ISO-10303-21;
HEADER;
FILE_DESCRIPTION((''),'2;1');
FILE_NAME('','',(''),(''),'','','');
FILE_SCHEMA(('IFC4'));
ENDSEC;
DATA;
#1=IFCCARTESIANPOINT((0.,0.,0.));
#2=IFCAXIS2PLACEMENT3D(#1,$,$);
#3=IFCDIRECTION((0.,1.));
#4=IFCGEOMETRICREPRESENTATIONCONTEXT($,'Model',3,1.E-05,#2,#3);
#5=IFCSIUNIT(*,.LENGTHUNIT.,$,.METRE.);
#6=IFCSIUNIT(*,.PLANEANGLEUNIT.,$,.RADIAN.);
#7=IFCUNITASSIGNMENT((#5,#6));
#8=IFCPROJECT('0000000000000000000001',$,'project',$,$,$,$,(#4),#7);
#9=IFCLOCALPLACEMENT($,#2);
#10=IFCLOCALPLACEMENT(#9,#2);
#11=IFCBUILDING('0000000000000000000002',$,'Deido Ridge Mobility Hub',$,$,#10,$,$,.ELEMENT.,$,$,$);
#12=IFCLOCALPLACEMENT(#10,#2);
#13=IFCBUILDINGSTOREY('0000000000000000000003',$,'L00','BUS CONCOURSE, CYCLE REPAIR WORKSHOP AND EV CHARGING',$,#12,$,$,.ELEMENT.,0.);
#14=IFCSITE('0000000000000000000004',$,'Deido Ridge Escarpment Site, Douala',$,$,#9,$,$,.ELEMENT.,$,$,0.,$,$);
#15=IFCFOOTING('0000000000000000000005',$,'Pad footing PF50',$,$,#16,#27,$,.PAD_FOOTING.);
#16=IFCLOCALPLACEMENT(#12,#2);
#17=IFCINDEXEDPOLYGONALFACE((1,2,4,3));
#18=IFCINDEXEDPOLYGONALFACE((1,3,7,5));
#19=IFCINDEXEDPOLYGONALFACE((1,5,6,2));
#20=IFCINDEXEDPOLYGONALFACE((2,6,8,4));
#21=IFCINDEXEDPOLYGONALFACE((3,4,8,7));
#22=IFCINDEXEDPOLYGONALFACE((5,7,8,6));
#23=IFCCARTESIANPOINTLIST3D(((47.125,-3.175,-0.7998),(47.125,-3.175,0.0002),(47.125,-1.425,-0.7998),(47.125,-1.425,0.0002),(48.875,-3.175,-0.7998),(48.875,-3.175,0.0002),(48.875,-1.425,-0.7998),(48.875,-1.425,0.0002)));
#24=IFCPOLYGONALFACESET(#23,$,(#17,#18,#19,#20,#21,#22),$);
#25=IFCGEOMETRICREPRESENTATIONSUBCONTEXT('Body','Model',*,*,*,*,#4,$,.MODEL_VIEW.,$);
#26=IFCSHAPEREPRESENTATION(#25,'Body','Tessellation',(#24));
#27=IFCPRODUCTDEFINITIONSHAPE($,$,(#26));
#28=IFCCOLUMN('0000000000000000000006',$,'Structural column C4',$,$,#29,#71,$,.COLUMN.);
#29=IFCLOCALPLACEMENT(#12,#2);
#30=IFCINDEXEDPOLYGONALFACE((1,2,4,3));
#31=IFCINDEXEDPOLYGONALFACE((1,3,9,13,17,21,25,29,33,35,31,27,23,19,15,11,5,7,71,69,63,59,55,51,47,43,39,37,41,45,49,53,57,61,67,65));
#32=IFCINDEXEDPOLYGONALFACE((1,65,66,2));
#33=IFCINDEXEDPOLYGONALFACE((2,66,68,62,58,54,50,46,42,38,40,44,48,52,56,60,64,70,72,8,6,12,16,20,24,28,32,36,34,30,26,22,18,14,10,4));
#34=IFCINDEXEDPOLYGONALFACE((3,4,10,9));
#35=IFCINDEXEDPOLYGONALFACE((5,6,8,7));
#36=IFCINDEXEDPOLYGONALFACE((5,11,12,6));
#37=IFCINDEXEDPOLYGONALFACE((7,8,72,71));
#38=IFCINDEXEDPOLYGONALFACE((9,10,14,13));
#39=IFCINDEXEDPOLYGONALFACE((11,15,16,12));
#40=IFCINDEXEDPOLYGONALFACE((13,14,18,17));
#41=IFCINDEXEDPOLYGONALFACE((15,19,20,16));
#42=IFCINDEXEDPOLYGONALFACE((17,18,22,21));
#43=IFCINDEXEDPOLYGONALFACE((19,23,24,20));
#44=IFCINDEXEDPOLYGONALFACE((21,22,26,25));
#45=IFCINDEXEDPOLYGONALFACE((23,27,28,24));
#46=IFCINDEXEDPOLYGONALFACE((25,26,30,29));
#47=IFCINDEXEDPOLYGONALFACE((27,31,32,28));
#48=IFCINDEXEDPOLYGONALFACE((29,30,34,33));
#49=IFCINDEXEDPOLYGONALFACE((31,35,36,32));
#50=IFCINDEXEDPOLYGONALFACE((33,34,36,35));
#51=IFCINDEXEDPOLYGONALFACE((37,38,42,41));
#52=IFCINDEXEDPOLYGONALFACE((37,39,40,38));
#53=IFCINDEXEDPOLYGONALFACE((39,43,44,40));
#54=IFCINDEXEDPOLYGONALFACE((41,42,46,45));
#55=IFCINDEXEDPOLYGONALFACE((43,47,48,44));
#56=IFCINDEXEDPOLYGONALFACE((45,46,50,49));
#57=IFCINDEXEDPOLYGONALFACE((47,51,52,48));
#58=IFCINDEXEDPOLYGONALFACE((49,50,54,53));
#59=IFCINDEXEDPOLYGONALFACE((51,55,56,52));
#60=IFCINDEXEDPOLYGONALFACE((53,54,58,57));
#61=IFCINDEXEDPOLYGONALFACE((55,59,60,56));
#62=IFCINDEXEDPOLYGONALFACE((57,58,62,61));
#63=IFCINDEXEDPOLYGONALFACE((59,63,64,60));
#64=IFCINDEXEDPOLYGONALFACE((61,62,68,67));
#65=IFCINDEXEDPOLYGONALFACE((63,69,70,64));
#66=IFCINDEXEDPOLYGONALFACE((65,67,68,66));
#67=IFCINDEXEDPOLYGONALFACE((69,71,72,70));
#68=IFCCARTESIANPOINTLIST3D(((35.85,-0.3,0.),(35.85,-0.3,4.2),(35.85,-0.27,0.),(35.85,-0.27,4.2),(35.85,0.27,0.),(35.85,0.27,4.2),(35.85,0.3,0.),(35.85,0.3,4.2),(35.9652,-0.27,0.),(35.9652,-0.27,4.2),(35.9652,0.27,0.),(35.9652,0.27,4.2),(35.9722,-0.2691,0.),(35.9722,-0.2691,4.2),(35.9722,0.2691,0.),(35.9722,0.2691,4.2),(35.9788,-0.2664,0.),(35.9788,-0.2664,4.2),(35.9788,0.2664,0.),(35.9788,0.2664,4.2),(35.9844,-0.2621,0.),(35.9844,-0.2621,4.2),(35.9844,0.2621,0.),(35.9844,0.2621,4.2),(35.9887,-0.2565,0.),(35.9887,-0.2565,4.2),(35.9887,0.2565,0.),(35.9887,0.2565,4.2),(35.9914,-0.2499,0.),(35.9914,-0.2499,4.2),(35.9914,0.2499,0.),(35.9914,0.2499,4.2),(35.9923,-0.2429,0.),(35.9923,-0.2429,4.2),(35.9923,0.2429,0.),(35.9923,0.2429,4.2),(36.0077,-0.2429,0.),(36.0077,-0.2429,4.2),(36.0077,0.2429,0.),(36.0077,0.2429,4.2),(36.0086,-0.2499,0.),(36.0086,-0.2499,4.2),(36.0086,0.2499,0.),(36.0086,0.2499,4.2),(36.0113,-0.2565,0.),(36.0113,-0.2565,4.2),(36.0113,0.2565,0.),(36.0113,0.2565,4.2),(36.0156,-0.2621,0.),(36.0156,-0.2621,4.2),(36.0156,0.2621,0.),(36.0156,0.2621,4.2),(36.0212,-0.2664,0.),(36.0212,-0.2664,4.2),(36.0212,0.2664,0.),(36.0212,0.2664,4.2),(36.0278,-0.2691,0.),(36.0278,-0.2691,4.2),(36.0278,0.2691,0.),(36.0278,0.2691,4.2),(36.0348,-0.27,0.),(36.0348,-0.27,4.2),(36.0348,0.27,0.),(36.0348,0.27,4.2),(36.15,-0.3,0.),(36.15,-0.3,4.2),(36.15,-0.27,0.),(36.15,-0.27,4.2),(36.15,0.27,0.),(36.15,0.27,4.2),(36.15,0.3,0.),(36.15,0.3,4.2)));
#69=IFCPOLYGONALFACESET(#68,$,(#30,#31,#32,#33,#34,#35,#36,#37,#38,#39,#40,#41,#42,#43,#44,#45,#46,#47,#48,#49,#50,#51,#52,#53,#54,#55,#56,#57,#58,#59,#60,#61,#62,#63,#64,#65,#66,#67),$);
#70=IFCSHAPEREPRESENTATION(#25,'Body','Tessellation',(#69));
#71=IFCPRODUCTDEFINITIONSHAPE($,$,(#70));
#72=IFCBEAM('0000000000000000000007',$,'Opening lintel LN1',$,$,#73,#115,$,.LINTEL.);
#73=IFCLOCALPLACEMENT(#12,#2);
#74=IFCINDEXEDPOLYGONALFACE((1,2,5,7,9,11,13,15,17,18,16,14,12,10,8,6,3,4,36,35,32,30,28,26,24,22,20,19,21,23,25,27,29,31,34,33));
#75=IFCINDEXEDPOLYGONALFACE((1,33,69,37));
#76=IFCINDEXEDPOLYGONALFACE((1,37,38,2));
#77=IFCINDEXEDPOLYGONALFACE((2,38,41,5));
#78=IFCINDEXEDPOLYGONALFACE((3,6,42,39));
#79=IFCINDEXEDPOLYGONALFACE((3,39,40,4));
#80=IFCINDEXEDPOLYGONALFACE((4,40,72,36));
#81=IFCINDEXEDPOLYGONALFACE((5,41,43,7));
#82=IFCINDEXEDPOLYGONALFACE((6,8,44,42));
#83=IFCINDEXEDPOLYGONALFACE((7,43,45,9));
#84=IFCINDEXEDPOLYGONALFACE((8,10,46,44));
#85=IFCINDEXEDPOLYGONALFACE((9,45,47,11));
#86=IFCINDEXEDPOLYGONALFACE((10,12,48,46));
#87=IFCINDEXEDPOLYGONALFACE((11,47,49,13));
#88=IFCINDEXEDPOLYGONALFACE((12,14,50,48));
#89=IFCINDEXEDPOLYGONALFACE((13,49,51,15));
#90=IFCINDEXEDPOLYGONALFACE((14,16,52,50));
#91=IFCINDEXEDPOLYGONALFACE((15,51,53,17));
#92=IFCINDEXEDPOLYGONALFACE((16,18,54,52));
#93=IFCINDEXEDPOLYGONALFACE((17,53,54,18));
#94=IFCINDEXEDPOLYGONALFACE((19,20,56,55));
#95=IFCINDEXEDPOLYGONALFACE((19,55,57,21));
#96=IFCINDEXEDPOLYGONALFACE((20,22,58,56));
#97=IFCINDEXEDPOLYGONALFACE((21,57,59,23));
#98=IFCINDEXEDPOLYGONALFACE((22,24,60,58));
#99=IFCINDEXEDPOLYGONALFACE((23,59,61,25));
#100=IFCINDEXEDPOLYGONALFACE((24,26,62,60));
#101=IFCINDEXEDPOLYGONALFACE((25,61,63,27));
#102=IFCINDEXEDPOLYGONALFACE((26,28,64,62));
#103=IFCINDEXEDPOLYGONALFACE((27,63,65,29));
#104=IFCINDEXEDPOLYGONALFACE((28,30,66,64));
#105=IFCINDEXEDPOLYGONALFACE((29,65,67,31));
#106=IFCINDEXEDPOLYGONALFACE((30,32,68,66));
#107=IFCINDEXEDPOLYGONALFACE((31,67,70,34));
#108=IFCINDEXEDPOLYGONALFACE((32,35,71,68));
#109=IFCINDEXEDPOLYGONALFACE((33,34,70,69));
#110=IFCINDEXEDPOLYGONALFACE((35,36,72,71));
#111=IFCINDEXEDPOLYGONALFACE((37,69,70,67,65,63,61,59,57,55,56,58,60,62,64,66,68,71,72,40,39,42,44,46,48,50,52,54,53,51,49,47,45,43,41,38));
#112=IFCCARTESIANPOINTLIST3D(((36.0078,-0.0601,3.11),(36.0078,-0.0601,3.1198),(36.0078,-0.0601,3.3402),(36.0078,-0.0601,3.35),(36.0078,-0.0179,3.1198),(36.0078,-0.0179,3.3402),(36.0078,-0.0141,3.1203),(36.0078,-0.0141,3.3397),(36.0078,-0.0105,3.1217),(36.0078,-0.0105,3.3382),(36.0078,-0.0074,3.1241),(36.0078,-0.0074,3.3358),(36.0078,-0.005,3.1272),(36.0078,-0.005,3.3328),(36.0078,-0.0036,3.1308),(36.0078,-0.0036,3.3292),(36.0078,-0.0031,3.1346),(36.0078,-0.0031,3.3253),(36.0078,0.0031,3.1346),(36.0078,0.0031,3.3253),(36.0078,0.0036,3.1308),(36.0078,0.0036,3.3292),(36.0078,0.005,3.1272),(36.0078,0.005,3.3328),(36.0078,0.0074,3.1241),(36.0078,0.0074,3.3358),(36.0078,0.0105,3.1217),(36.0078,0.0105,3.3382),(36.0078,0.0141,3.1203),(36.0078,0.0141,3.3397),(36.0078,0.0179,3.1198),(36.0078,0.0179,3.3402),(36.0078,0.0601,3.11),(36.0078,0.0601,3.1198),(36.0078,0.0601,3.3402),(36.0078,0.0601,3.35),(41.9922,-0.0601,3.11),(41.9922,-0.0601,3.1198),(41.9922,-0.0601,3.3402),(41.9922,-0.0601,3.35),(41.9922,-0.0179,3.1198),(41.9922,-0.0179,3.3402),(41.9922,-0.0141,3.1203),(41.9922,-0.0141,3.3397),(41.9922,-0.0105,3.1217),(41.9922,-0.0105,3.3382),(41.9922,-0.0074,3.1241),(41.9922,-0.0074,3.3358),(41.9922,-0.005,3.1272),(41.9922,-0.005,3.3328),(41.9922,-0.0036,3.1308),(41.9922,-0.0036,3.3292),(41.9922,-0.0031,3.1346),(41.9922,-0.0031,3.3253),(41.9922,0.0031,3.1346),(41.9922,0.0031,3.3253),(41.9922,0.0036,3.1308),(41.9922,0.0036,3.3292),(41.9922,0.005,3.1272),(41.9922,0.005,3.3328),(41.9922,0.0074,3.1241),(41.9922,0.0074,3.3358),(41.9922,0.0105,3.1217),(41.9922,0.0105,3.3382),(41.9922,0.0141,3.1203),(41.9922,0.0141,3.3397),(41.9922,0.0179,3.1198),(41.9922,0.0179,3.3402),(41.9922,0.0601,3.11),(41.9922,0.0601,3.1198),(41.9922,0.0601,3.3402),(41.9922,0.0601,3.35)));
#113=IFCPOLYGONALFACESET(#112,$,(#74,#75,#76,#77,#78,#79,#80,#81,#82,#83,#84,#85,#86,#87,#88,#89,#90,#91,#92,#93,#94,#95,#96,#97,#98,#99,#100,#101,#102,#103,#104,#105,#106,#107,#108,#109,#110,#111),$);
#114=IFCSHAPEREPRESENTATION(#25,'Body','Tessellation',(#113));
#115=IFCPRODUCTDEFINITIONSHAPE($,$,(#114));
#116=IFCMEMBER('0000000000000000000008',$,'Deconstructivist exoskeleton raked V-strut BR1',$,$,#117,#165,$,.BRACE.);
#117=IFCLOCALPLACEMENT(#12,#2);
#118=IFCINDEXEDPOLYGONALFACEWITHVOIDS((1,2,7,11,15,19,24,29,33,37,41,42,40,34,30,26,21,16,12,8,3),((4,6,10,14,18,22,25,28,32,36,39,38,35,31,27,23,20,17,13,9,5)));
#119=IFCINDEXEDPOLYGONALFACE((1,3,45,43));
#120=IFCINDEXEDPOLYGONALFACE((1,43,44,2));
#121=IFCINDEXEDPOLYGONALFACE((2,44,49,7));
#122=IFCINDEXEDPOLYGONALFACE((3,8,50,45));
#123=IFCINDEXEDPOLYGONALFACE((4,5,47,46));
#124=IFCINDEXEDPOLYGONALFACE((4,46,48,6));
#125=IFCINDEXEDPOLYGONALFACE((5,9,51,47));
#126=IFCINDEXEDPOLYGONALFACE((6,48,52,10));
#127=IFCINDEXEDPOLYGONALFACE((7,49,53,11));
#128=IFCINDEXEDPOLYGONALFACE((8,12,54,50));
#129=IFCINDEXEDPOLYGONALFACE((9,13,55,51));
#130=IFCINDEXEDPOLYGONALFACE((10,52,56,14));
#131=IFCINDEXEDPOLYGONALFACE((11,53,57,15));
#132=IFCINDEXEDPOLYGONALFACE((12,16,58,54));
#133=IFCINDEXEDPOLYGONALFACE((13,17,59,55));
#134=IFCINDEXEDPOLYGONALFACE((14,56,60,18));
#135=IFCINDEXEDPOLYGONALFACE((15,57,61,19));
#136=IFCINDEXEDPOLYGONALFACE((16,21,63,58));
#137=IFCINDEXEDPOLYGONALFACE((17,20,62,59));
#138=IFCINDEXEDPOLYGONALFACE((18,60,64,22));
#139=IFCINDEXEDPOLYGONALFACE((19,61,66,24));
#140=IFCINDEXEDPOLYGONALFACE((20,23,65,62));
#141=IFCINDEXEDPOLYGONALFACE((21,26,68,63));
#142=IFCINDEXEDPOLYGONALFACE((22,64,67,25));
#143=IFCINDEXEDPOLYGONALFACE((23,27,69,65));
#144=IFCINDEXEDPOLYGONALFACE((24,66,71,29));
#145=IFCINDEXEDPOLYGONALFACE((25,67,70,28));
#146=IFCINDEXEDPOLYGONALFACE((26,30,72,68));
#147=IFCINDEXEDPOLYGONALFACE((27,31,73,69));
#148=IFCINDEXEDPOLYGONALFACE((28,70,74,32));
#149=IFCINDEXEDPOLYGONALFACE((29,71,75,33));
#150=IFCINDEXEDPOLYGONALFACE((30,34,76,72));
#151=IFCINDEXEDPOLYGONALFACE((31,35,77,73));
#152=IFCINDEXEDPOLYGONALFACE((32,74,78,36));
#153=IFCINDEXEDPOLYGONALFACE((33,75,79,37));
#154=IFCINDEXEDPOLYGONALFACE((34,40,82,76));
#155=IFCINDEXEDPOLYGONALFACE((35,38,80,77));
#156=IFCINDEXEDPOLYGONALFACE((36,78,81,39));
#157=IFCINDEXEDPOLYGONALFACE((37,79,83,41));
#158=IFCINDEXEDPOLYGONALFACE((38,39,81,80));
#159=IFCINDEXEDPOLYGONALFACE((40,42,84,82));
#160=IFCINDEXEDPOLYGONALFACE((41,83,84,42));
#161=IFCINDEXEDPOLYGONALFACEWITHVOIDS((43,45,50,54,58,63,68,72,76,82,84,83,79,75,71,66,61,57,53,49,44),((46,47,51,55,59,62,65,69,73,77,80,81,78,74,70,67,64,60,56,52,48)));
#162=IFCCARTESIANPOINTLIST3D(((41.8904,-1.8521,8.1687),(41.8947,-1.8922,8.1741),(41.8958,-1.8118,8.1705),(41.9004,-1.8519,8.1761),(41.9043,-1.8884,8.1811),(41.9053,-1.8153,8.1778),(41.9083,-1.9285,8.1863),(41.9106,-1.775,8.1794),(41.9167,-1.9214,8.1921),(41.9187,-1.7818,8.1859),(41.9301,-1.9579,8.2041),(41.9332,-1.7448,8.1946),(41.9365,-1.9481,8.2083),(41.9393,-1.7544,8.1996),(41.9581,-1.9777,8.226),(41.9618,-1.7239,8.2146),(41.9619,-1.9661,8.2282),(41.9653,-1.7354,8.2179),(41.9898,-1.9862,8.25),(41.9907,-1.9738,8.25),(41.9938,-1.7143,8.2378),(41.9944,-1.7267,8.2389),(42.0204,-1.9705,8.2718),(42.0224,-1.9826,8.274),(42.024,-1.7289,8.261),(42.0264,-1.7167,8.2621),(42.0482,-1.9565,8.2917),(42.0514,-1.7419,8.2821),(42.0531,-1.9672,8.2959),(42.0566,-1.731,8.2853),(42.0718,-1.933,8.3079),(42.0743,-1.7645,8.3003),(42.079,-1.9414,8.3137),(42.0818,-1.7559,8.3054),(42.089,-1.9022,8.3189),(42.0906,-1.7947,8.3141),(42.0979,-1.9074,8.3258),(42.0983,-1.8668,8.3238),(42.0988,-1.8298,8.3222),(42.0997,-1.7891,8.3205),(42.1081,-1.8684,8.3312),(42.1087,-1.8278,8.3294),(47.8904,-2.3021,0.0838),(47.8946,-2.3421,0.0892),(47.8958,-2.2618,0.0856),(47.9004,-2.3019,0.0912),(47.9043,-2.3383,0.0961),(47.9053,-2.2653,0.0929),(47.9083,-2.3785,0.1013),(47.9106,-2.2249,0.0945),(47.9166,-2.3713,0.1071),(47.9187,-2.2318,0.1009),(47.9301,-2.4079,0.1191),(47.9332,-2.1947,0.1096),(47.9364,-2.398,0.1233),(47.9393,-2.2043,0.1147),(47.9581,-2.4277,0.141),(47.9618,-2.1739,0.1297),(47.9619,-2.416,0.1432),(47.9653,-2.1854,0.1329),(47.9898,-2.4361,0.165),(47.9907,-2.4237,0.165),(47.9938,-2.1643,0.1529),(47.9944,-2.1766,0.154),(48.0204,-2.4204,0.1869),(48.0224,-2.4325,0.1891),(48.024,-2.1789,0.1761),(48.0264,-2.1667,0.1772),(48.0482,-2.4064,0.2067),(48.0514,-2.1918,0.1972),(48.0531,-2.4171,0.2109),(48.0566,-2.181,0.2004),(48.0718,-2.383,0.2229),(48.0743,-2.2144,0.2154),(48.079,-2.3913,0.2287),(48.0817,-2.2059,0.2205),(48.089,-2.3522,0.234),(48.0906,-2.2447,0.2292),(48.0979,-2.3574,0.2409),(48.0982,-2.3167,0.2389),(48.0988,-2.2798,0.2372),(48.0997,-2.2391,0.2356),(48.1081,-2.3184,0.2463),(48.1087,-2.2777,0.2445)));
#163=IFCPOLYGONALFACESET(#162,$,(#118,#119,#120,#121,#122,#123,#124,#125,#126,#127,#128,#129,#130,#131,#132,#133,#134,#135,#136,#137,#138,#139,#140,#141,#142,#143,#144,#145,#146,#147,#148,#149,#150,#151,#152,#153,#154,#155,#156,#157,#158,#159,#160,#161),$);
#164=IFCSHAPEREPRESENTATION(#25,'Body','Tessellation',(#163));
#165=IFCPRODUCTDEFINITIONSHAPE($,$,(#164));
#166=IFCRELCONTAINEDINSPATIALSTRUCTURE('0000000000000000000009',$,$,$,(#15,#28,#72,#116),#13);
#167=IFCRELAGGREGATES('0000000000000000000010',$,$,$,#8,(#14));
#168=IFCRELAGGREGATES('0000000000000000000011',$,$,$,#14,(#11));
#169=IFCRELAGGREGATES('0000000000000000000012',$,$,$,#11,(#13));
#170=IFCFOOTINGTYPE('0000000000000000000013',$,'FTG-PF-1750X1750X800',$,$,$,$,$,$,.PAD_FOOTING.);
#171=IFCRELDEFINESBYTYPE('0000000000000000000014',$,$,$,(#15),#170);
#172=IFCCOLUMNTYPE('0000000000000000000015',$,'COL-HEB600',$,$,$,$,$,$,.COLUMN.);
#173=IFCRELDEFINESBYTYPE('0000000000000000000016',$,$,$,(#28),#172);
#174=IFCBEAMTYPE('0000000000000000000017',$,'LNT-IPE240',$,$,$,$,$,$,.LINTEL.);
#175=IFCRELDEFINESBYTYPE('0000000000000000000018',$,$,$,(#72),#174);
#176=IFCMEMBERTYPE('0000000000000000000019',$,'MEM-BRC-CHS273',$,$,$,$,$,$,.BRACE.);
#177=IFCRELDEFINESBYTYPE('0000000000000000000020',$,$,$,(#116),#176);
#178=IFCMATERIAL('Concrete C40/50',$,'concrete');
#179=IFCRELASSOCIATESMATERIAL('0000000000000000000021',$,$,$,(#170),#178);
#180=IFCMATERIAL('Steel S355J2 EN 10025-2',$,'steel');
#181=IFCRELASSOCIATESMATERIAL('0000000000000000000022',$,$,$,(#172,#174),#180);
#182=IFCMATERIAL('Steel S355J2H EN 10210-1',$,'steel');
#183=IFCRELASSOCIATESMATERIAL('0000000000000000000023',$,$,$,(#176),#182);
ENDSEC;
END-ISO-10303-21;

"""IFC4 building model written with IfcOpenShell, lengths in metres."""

from ifc_helpers import new_model, si_unit, direction, frame, origin, origin_2d, place, context, subcontext, project, spatial, rectangle, hollow_circle, i_section, extrude, material, material_profile, profile_set, type_object, element, save


model = new_model("IFC4")

# Units and contexts
model_context = context("Model", 3, precision=1e-05, world=origin(), true_north=direction((0.0, 1.0)))
body_context = subcontext(model_context, "Body", "Model", "MODEL_VIEW")
ifc_project = project(units=[si_unit("LENGTHUNIT", "METRE"), si_unit("PLANEANGLEUNIT", "RADIAN")], contexts=[model_context])

# Site, building, storey
site_placement = place(None, origin())
site = spatial("IfcSite", under=ifc_project, at=site_placement, Name="Deido Ridge Escarpment Site, Douala", CompositionType="ELEMENT", RefElevation=0.0)
building_placement = place(site_placement, origin())
building = spatial("IfcBuilding", under=site, at=building_placement, Name="Deido Ridge Mobility Hub", CompositionType="ELEMENT")
storey_placement = place(building_placement, origin())
storey = spatial("IfcBuildingStorey", under=building, at=storey_placement, Name="L00", Description="BUS CONCOURSE, CYCLE REPAIR WORKSHOP AND EV CHARGING", CompositionType="ELEMENT", Elevation=0.0)

# Footing
ifc_material_1 = material(Name="Concrete C40/50", Category="concrete")
footing_type = type_object("IfcFootingType", Name="FTG-PF-1750X1750X800", PredefinedType="PAD_FOOTING", material=ifc_material_1)
footing_placement = place(storey_placement, frame((48.0, -2.3, -0.7998), z_axis=(0.0, 0.0, 1.0), x_axis=(1.0, 0.0, 0.0)))
element("IfcFooting", 1, at=footing_placement, inside=storey, type_object=footing_type, Name="Pad footing PF50", PredefinedType="PAD_FOOTING", context=body_context, shape_type="SweptSolid", body=[
    extrude(rectangle(XDim=1.75, YDim=1.75, at=origin_2d()), origin(), (0.0, 0.0, 1.0), 0.8),
])

# Column
ifc_material_2 = material(Name="Steel S355J2 EN 10025-2", Category="steel")
ifc_material_profile_1 = material_profile(ifc_material_2, i_section(OverallWidth=0.3, OverallDepth=0.6001, WebThickness=0.0154, FlangeThickness=0.03, FilletRadius=0.0271, at=origin_2d()), Name="HEB 600")
ifc_profile_set_1 = profile_set([ifc_material_profile_1], Name="Steel S355J2 EN 10025-2")
column_type = type_object("IfcColumnType", Name="COL-HEB600", PredefinedType="COLUMN", material=ifc_profile_set_1)
column_placement = place(storey_placement, frame((36.0, 0.0, 0.0), z_axis=(0.0, 0.0, 1.0), x_axis=(1.0, 0.0, 0.0)))
element("IfcColumn", 2, at=column_placement, inside=storey, type_object=column_type, Name="Structural column C4", PredefinedType="COLUMN", context=body_context, shape_type="SweptSolid", body=[
    extrude(i_section(OverallWidth=0.3, OverallDepth=0.6001, WebThickness=0.0154, FlangeThickness=0.03, FilletRadius=0.0271, at=origin_2d()), origin(), (0.0, 0.0, 1.0), 4.2),
])

# Beam
ifc_material_profile_2 = material_profile(ifc_material_2, i_section(OverallWidth=0.1201, OverallDepth=0.24, WebThickness=0.0061, FlangeThickness=0.0098, FilletRadius=0.0149, at=origin_2d()), Name="IPE 240")
ifc_profile_set_2 = profile_set([ifc_material_profile_2], Name="Steel S355J2 EN 10025-2")
beam_type_1 = type_object("IfcBeamType", Name="LNT-IPE240", PredefinedType="LINTEL", material=ifc_profile_set_2)
beam_1_placement = place(storey_placement, frame((36.0078, 0.0, 3.23), z_axis=(1.0, 0.0, 0.0), x_axis=(0.0, 1.0, 0.0)))
element("IfcBeam", 3, at=beam_1_placement, inside=storey, type_object=beam_type_1, Name="Opening lintel LN1", PredefinedType="LINTEL", context=body_context, shape_type="SweptSolid", body=[
    extrude(i_section(OverallWidth=0.1201, OverallDepth=0.24, WebThickness=0.0061, FlangeThickness=0.0098, FilletRadius=0.0149, at=origin_2d()), origin(), (0.0, 0.0, 1.0), 5.9844),
])

# Member
ifc_material_3 = material(Name="Steel S355J2H EN 10210-1", Category="steel")
ifc_material_profile_3 = material_profile(ifc_material_3, hollow_circle(Radius=0.1365, WallThickness=0.0125, at=origin_2d()), Name="CHS 273x12.5")
ifc_profile_set_3 = profile_set([ifc_material_profile_3], Name="Steel S355J2H EN 10210-1")
member_type_1 = type_object("IfcMemberType", Name="MEM-BRC-CHS273", PredefinedType="BRACE", material=ifc_profile_set_3)
for number, where, z_axis, x_axis, name in (
    (4, (48.0, -2.3, 0.165), (-0.595348, 0.044646, 0.802227), (-0.074782, -0.9972, 0.0), "Deconstructivist exoskeleton raked V-strut BR1"),
):
    element("IfcMember", number, at=place(storey_placement, frame(where, z_axis=z_axis, x_axis=x_axis)), inside=storey, type_object=member_type_1, Name=name, PredefinedType="BRACE", context=body_context, shape_type="SweptSolid", body=[
        extrude(hollow_circle(Radius=0.1365, WallThickness=0.0125, at=origin_2d()), origin(), (0.0, 0.0, 1.0), 10.0781),
    ])

save(model, "model.ifc")
